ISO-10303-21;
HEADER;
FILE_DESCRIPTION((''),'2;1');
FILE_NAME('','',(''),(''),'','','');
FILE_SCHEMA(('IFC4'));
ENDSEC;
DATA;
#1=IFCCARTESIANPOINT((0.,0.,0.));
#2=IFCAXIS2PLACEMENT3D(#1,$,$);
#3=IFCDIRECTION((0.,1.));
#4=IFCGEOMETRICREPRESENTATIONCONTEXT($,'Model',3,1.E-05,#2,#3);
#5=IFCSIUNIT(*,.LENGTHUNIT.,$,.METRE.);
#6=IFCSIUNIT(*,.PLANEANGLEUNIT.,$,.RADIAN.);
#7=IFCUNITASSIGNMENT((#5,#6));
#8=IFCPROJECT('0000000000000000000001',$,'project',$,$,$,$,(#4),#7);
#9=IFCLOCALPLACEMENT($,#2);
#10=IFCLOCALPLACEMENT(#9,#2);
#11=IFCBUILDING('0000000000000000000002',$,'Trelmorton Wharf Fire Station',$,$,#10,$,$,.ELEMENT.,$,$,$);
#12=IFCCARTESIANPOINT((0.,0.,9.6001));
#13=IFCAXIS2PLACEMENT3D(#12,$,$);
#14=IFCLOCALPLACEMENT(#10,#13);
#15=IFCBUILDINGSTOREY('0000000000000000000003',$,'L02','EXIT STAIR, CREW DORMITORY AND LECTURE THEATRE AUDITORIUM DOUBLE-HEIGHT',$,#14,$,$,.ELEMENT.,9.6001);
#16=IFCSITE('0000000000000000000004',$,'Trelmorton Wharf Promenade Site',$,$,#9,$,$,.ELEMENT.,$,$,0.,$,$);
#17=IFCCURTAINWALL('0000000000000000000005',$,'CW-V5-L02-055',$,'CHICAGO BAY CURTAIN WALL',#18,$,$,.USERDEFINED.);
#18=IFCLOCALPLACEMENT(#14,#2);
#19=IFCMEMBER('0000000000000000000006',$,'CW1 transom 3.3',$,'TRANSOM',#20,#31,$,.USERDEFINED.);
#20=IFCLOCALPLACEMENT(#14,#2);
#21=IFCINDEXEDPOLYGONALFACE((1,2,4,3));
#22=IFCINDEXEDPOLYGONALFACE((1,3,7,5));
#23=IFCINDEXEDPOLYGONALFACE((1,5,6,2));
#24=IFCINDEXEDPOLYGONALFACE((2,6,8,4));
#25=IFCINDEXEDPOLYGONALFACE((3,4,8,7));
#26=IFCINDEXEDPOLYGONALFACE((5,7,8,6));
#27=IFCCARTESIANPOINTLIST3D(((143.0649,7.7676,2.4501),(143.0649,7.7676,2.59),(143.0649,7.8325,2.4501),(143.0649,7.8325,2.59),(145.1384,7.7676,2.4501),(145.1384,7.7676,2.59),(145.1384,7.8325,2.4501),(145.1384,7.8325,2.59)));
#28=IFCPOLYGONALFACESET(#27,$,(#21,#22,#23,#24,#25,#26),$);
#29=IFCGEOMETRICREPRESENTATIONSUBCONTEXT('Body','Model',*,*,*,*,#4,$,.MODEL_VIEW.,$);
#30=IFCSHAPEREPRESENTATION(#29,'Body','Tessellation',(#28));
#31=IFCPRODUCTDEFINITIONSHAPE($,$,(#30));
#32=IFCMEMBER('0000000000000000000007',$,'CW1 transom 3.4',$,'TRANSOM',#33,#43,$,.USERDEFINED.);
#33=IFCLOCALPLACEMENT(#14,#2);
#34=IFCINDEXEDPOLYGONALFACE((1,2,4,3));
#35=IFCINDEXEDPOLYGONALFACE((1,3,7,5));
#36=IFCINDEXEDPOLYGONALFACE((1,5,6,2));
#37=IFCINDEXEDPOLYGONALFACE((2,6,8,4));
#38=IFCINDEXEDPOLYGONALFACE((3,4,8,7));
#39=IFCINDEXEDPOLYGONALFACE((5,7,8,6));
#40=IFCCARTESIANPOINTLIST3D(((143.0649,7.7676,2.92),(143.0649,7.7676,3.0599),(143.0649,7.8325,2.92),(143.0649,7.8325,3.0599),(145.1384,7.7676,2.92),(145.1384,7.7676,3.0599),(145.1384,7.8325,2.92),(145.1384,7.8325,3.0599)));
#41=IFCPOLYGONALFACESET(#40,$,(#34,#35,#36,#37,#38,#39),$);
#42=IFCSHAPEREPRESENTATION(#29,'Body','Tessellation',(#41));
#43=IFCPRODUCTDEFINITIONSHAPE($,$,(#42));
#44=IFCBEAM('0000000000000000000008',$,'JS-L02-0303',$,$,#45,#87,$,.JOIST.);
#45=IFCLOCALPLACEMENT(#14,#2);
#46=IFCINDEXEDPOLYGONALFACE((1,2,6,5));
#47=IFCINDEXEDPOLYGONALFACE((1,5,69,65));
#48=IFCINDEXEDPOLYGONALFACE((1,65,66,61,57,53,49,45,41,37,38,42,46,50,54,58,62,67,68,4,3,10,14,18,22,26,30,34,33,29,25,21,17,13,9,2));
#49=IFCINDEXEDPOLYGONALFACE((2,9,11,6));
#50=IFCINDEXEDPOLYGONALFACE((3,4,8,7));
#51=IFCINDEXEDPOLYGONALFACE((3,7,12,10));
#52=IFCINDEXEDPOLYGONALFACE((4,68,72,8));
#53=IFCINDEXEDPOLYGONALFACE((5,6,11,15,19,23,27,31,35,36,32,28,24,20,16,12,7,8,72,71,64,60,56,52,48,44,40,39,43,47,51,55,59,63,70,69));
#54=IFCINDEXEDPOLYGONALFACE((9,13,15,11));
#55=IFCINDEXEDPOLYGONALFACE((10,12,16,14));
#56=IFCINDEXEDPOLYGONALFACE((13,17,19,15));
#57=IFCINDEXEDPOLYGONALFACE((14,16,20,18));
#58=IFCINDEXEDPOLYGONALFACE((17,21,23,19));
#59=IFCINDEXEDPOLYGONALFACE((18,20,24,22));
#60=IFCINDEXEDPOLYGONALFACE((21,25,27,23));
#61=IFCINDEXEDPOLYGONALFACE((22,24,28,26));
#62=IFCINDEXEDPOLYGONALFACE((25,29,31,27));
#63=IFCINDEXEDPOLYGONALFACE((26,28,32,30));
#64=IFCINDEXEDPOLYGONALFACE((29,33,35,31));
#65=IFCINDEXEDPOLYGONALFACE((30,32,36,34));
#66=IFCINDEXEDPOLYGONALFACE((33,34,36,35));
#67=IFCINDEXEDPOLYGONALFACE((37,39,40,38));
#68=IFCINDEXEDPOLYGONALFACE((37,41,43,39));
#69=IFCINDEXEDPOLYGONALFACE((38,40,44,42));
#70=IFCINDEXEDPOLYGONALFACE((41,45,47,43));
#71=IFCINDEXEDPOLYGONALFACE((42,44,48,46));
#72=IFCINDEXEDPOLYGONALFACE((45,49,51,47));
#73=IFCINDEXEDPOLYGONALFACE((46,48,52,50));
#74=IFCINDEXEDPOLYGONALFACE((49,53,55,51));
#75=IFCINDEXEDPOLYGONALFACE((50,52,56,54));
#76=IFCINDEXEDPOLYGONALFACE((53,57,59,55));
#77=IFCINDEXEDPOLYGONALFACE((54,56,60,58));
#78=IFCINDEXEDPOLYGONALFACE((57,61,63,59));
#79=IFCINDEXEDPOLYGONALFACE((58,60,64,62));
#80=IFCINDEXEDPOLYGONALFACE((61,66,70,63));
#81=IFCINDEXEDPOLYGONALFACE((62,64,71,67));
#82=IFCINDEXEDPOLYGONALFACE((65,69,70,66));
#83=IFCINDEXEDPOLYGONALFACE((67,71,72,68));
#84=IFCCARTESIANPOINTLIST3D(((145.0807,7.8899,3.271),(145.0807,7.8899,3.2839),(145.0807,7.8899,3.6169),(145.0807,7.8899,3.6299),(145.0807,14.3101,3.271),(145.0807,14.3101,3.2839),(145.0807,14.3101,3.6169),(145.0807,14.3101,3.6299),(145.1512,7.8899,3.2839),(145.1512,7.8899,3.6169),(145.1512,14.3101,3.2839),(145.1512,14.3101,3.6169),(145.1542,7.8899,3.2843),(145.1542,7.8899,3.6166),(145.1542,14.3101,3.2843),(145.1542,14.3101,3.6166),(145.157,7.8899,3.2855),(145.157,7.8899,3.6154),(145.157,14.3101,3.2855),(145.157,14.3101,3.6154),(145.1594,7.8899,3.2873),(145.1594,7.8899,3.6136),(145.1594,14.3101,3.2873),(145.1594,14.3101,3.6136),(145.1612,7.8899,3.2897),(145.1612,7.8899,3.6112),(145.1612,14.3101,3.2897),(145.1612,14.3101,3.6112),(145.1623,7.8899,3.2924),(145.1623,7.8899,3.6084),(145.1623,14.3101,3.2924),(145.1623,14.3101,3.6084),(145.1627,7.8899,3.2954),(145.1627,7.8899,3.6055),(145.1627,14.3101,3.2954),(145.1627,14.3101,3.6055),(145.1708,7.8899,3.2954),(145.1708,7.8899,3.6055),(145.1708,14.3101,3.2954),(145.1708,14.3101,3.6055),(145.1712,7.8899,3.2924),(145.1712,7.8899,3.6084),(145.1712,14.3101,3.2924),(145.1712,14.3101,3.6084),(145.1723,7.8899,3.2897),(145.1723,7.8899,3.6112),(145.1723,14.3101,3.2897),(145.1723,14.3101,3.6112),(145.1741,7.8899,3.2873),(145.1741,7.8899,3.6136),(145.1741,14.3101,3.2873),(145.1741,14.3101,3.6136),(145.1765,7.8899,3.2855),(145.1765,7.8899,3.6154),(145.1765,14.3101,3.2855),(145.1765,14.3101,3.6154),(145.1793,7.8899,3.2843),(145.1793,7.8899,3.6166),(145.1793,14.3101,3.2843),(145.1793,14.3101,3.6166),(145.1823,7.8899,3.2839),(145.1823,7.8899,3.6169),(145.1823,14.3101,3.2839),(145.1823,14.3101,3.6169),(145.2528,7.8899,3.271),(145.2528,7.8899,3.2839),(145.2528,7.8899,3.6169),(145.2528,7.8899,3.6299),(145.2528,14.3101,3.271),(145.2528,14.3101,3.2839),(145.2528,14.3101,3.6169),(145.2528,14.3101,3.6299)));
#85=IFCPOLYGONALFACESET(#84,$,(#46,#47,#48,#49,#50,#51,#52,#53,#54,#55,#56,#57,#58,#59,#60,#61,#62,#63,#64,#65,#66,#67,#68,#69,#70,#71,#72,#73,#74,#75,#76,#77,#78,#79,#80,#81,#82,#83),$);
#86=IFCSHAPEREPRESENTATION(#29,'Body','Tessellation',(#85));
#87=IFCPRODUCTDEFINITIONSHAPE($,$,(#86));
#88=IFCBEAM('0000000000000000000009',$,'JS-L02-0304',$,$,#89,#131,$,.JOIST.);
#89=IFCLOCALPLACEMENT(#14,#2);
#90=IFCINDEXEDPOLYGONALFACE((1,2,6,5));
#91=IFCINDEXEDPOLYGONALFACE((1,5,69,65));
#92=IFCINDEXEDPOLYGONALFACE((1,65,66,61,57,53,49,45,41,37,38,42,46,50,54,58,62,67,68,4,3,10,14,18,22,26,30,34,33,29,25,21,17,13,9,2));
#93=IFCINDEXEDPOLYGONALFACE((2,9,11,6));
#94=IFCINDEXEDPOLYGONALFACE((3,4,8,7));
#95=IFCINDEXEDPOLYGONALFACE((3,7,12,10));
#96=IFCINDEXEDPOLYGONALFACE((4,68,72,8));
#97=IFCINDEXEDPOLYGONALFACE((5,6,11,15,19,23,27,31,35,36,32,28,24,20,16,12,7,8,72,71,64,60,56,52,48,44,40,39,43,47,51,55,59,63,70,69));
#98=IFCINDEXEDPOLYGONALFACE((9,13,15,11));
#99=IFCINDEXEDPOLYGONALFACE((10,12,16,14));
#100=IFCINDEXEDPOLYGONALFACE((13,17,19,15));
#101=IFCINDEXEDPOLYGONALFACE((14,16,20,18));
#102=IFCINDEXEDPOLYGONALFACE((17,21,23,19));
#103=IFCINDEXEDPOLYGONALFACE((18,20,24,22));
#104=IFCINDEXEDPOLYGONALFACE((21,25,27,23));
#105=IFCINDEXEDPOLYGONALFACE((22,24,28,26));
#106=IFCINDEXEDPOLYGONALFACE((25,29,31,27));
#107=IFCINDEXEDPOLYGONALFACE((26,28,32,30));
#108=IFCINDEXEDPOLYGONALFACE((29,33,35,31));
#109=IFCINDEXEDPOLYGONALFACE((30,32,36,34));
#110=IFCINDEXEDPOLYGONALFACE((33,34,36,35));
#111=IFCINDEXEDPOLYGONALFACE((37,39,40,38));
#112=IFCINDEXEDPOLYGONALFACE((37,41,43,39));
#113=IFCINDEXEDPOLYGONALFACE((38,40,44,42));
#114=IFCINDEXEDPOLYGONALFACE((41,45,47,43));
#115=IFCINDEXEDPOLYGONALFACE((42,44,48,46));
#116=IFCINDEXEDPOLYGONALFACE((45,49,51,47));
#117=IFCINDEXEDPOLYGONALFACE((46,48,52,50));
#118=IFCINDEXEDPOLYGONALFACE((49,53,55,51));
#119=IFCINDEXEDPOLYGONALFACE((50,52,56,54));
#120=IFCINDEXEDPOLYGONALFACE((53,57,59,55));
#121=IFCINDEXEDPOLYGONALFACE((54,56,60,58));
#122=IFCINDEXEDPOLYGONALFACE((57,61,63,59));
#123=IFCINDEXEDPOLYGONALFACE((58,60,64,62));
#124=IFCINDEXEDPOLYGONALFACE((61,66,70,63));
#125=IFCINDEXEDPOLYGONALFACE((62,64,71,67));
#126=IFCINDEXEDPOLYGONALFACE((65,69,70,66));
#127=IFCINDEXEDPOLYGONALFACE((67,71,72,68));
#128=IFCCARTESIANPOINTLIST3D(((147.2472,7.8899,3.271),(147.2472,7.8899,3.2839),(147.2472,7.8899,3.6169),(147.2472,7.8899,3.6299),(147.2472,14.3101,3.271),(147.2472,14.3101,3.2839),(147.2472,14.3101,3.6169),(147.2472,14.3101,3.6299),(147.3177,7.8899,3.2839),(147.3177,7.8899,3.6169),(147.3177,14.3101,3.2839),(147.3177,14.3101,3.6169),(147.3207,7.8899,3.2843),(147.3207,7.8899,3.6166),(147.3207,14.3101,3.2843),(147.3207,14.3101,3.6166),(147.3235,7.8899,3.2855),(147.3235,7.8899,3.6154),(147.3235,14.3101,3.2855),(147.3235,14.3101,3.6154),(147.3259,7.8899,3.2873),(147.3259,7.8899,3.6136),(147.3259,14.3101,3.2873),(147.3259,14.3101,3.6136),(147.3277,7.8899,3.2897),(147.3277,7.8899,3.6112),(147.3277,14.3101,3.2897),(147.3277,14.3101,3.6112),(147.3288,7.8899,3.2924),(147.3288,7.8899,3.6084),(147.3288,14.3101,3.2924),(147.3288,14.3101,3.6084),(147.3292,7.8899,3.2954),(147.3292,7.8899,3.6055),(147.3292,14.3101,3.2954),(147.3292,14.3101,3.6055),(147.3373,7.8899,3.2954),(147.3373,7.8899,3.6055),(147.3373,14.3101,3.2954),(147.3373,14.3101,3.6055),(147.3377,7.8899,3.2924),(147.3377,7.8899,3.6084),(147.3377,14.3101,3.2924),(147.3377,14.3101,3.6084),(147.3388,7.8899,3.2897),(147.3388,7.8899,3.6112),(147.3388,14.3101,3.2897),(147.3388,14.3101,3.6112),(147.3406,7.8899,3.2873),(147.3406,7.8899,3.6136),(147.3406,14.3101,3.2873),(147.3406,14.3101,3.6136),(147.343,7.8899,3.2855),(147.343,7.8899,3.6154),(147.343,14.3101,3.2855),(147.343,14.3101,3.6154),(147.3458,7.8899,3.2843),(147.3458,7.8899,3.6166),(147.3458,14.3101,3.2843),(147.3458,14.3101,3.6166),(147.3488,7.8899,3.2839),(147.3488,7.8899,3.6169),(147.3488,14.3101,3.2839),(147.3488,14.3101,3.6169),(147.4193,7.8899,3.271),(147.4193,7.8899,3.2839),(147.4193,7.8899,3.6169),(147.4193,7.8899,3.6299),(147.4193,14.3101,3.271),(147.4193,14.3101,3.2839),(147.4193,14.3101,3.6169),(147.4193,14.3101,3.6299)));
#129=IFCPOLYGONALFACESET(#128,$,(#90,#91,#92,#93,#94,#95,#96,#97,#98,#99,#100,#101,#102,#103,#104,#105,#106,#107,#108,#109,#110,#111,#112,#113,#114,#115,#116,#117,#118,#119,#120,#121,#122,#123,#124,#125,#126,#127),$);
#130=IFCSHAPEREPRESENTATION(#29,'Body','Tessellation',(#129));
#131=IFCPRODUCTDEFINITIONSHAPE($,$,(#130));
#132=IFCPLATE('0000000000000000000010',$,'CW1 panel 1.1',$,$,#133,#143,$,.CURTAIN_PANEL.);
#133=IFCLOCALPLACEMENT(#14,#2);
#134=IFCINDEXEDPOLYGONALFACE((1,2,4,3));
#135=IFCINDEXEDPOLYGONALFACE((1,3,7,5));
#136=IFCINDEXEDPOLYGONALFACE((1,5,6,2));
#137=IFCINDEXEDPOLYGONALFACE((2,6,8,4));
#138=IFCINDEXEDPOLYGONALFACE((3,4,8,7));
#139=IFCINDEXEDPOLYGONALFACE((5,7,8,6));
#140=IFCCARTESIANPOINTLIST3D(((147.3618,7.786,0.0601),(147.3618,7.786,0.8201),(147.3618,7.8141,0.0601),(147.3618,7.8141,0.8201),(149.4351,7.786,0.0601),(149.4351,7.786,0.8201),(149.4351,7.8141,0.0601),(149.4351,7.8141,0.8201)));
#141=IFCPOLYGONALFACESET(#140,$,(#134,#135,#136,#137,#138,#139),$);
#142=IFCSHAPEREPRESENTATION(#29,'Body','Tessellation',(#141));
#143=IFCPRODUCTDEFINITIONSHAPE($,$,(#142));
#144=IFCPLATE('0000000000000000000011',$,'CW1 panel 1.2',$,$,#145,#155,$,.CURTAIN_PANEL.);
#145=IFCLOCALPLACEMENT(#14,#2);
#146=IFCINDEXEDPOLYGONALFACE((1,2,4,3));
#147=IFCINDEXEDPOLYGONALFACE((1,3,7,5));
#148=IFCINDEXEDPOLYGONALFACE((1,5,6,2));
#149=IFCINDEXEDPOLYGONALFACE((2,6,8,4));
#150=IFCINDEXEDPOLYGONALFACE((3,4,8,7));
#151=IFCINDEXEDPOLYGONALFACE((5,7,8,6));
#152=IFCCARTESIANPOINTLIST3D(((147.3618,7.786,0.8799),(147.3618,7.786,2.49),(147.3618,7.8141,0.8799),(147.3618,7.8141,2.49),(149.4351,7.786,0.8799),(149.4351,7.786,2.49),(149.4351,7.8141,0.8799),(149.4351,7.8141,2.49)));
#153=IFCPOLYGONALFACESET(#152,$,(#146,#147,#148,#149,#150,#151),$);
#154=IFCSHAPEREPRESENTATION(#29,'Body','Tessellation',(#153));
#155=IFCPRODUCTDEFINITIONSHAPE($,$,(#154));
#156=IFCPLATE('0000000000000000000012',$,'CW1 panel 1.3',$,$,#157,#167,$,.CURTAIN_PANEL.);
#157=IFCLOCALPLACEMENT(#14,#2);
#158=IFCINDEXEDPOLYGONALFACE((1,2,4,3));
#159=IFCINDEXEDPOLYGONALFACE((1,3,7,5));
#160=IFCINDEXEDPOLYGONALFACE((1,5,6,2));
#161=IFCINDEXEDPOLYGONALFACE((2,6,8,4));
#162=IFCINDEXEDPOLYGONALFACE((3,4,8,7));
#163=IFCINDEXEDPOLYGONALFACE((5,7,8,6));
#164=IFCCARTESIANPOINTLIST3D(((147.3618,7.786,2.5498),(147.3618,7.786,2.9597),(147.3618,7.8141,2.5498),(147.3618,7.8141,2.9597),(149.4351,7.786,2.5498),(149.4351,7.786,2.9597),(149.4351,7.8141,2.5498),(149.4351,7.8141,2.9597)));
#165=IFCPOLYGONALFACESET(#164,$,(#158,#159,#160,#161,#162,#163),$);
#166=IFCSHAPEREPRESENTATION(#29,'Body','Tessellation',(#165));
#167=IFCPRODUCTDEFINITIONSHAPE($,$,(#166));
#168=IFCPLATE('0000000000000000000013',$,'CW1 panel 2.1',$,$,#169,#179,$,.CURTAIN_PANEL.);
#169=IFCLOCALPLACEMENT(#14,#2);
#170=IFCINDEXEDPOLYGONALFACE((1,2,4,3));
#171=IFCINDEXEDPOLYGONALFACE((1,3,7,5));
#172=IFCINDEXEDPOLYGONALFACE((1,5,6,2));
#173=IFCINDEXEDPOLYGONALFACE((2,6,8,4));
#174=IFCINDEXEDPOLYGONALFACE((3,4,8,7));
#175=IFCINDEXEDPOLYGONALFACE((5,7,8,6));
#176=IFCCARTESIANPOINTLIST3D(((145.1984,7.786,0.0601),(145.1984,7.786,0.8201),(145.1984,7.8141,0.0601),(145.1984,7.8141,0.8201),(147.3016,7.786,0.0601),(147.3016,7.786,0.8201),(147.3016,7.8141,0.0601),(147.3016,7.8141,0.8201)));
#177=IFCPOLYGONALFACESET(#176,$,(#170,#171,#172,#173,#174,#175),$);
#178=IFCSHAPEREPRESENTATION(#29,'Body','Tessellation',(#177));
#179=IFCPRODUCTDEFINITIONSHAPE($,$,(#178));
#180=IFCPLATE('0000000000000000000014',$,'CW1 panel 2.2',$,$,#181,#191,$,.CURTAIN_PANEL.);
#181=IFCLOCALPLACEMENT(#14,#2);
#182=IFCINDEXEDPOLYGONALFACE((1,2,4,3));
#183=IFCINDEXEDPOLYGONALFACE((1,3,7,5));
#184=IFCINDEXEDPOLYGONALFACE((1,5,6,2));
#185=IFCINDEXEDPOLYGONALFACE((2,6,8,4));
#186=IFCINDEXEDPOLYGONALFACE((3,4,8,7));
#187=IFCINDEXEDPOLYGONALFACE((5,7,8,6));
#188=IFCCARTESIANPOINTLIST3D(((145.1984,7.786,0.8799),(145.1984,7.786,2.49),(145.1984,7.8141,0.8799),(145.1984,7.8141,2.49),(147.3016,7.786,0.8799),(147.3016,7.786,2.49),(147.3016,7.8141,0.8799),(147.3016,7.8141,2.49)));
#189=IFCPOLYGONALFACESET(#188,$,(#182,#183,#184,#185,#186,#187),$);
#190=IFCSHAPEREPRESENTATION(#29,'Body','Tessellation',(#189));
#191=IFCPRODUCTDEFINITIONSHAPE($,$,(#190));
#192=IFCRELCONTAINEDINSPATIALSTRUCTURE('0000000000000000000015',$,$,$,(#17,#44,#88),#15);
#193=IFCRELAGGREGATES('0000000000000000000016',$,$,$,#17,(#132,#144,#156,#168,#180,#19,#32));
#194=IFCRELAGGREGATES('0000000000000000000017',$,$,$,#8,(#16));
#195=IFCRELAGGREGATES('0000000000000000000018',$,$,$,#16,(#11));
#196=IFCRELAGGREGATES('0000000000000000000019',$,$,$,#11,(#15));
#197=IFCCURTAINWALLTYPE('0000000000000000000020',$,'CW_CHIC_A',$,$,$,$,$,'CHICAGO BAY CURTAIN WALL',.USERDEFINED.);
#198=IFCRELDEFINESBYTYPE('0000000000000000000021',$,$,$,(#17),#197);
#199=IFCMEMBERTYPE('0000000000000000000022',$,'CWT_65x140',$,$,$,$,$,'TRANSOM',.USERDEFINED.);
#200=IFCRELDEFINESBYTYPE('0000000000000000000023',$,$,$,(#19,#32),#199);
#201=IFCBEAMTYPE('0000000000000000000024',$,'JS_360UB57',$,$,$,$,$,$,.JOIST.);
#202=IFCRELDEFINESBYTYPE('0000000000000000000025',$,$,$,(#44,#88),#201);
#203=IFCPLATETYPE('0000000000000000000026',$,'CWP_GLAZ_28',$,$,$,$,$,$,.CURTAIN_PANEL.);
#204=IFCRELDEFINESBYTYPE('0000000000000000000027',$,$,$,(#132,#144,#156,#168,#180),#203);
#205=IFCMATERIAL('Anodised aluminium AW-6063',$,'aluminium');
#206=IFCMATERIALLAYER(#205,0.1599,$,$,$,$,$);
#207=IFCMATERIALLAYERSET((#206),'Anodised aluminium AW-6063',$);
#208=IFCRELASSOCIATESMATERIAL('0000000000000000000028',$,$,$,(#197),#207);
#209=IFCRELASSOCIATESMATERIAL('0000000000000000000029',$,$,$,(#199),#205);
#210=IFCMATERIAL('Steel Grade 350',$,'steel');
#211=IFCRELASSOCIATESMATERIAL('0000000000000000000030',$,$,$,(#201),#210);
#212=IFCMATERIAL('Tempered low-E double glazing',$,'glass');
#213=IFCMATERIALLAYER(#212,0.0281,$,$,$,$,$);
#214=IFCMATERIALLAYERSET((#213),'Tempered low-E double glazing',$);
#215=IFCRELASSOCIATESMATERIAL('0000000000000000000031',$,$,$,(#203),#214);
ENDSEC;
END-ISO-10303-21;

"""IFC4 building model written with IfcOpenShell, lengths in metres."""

from ifc_helpers import new_model, si_unit, direction, frame, origin, origin_2d, place, context, subcontext, project, spatial, rectangle, i_section, extrude, material, layer, layer_set, material_profile, profile_set, type_object, element, aggregate, save


model = new_model("IFC4")

# Units and contexts
model_context = context("Model", 3, precision=1e-05, world=origin(), true_north=direction((0.0, 1.0)))
body_context = subcontext(model_context, "Body", "Model", "MODEL_VIEW")
ifc_project = project(units=[si_unit("LENGTHUNIT", "METRE"), si_unit("PLANEANGLEUNIT", "RADIAN")], contexts=[model_context])

# Site, building, storey
site_placement = place(None, origin())
site = spatial("IfcSite", under=ifc_project, at=site_placement, Name="Trelmorton Wharf Promenade Site", CompositionType="ELEMENT", RefElevation=0.0)
building_placement = place(site_placement, origin())
building = spatial("IfcBuilding", under=site, at=building_placement, Name="Trelmorton Wharf Fire Station", CompositionType="ELEMENT")
storey_placement = place(building_placement, frame((0.0, 0.0, 9.6001)))
storey = spatial("IfcBuildingStorey", under=building, at=storey_placement, Name="L02", Description="EXIT STAIR, CREW DORMITORY AND LECTURE THEATRE AUDITORIUM DOUBLE-HEIGHT", CompositionType="ELEMENT", Elevation=9.6001)

# Shared definitions
ifc_material_1 = material(Name="Steel Grade 350", Category="steel")

# Curtain wall, members
ifc_material_2 = material(Name="Anodised aluminium AW-6063", Category="aluminium")
ifc_layer_1 = layer(ifc_material_2, 0.1599)
ifc_layer_set_1 = layer_set([ifc_layer_1], Name="Anodised aluminium AW-6063")
curtain_wall_type = type_object("IfcCurtainWallType", Name="CW_CHIC_A", ElementType="CHICAGO BAY CURTAIN WALL", PredefinedType="USERDEFINED", material=ifc_layer_set_1)
curtain_wall_placement = place(storey_placement, origin())
curtain_wall = element("IfcCurtainWall", 1, at=curtain_wall_placement, inside=storey, type_object=curtain_wall_type, Name="CW-V5-L02-055", ObjectType="CHICAGO BAY CURTAIN WALL", PredefinedType="USERDEFINED")
ifc_material_profile_1 = material_profile(ifc_material_2, rectangle(XDim=0.0649, YDim=0.1399, at=origin_2d()), Name="ALU-65x140")
ifc_profile_set_1 = profile_set([ifc_material_profile_1], Name="Anodised aluminium AW-6063")
member_type_1 = type_object("IfcMemberType", Name="CWT_65x140", ElementType="TRANSOM", PredefinedType="USERDEFINED", material=ifc_profile_set_1)
member_1_placement = place(storey_placement, frame((145.1384, 7.8, 2.52), z_axis=(-1.0, 0.0, 0.0), x_axis=(0.0, -1.0, 0.0)))
member_1 = element("IfcMember", 2, at=member_1_placement, type_object=member_type_1, Name="CW1 transom 3.3", ObjectType="TRANSOM", PredefinedType="USERDEFINED", context=body_context, shape_type="SweptSolid", body=[
    extrude(rectangle(XDim=0.0649, YDim=0.1399, at=origin_2d()), origin(), (0.0, 0.0, 1.0), 2.0735),
])
member_2_placement = place(storey_placement, frame((145.1384, 7.8, 2.99), z_axis=(-1.0, 0.0, 0.0), x_axis=(0.0, -1.0, 0.0)))
member_2 = element("IfcMember", 3, at=member_2_placement, type_object=member_type_1, Name="CW1 transom 3.4", ObjectType="TRANSOM", PredefinedType="USERDEFINED", context=body_context, shape_type="SweptSolid", body=[
    extrude(rectangle(XDim=0.0649, YDim=0.1399, at=origin_2d()), origin(), (0.0, 0.0, 1.0), 2.0735),
])

# Beams
ifc_material_profile_2 = material_profile(ifc_material_1, i_section(OverallWidth=0.1721, OverallDepth=0.3589, WebThickness=0.0081, FlangeThickness=0.0129, FilletRadius=0.0115, at=origin_2d()), Name="360UB56.7")
ifc_profile_set_2 = profile_set([ifc_material_profile_2], Name="Steel Grade 350")
beam_type = type_object("IfcBeamType", Name="JS_360UB57", PredefinedType="JOIST", material=ifc_profile_set_2)
for number, where, z_axis, x_axis, name in (
    (4, (145.1667, 7.8899, 3.4504), (0.0, 1.0, 0.0), (-1.0, 0.0, 0.0), "JS-L02-0303"),
    (5, (147.3333, 7.8899, 3.4504), (0.0, 1.0, 0.0), (-1.0, 0.0, 0.0), "JS-L02-0304"),
):
    element("IfcBeam", number, at=place(storey_placement, frame(where, z_axis=z_axis, x_axis=x_axis)), inside=storey, type_object=beam_type, Name=name, PredefinedType="JOIST", context=body_context, shape_type="SweptSolid", body=[
        extrude(i_section(OverallWidth=0.1721, OverallDepth=0.3589, WebThickness=0.0081, FlangeThickness=0.0129, FilletRadius=0.0115, at=origin_2d()), origin(), (0.0, 0.0, 1.0), 6.4202),
    ])

# Plates
ifc_material_3 = material(Name="Tempered low-E double glazing", Category="glass")
ifc_layer_2 = layer(ifc_material_3, 0.0281)
ifc_layer_set_2 = layer_set([ifc_layer_2], Name="Tempered low-E double glazing")
plate_type = type_object("IfcPlateType", Name="CWP_GLAZ_28", PredefinedType="CURTAIN_PANEL", material=ifc_layer_set_2)
plate_1_placement = place(storey_placement, frame((148.3984, 7.8, 0.0601), z_axis=(0.0, 0.0, 1.0), x_axis=(-1.0, 0.0, 0.0)))
plate_1 = element("IfcPlate", 6, at=plate_1_placement, type_object=plate_type, Name="CW1 panel 1.1", PredefinedType="CURTAIN_PANEL", context=body_context, shape_type="SweptSolid", body=[
    extrude(rectangle(XDim=2.0732, YDim=0.0281, at=origin_2d()), origin(), (0.0, 0.0, 1.0), 0.76),
])
plate_2_placement = place(storey_placement, frame((148.3984, 7.8, 0.8799), z_axis=(0.0, 0.0, 1.0), x_axis=(-1.0, 0.0, 0.0)))
plate_2 = element("IfcPlate", 7, at=plate_2_placement, type_object=plate_type, Name="CW1 panel 1.2", PredefinedType="CURTAIN_PANEL", context=body_context, shape_type="SweptSolid", body=[
    extrude(rectangle(XDim=2.0732, YDim=0.0281, at=origin_2d()), origin(), (0.0, 0.0, 1.0), 1.6101),
])
plate_3_placement = place(storey_placement, frame((148.3984, 7.8, 2.5498), z_axis=(0.0, 0.0, 1.0), x_axis=(-1.0, 0.0, 0.0)))
plate_3 = element("IfcPlate", 8, at=plate_3_placement, type_object=plate_type, Name="CW1 panel 1.3", PredefinedType="CURTAIN_PANEL", context=body_context, shape_type="SweptSolid", body=[
    extrude(rectangle(XDim=2.0732, YDim=0.0281, at=origin_2d()), origin(), (0.0, 0.0, 1.0), 0.4099),
])
plate_4_placement = place(storey_placement, frame((146.25, 7.8, 0.0601), z_axis=(0.0, 0.0, 1.0), x_axis=(-1.0, 0.0, 0.0)))
plate_4 = element("IfcPlate", 9, at=plate_4_placement, type_object=plate_type, Name="CW1 panel 2.1", PredefinedType="CURTAIN_PANEL", context=body_context, shape_type="SweptSolid", body=[
    extrude(rectangle(XDim=2.1033, YDim=0.0281, at=origin_2d()), origin(), (0.0, 0.0, 1.0), 0.76),
])
plate_5_placement = place(storey_placement, frame((146.25, 7.8, 0.8799), z_axis=(0.0, 0.0, 1.0), x_axis=(-1.0, 0.0, 0.0)))
plate_5 = element("IfcPlate", 10, at=plate_5_placement, type_object=plate_type, Name="CW1 panel 2.2", PredefinedType="CURTAIN_PANEL", context=body_context, shape_type="SweptSolid", body=[
    extrude(rectangle(XDim=2.1033, YDim=0.0281, at=origin_2d()), origin(), (0.0, 0.0, 1.0), 1.6101),
])
aggregate(curtain_wall, [plate_1, plate_2, plate_3, plate_4, plate_5, member_1, member_2])

save(model, "model.ifc")
